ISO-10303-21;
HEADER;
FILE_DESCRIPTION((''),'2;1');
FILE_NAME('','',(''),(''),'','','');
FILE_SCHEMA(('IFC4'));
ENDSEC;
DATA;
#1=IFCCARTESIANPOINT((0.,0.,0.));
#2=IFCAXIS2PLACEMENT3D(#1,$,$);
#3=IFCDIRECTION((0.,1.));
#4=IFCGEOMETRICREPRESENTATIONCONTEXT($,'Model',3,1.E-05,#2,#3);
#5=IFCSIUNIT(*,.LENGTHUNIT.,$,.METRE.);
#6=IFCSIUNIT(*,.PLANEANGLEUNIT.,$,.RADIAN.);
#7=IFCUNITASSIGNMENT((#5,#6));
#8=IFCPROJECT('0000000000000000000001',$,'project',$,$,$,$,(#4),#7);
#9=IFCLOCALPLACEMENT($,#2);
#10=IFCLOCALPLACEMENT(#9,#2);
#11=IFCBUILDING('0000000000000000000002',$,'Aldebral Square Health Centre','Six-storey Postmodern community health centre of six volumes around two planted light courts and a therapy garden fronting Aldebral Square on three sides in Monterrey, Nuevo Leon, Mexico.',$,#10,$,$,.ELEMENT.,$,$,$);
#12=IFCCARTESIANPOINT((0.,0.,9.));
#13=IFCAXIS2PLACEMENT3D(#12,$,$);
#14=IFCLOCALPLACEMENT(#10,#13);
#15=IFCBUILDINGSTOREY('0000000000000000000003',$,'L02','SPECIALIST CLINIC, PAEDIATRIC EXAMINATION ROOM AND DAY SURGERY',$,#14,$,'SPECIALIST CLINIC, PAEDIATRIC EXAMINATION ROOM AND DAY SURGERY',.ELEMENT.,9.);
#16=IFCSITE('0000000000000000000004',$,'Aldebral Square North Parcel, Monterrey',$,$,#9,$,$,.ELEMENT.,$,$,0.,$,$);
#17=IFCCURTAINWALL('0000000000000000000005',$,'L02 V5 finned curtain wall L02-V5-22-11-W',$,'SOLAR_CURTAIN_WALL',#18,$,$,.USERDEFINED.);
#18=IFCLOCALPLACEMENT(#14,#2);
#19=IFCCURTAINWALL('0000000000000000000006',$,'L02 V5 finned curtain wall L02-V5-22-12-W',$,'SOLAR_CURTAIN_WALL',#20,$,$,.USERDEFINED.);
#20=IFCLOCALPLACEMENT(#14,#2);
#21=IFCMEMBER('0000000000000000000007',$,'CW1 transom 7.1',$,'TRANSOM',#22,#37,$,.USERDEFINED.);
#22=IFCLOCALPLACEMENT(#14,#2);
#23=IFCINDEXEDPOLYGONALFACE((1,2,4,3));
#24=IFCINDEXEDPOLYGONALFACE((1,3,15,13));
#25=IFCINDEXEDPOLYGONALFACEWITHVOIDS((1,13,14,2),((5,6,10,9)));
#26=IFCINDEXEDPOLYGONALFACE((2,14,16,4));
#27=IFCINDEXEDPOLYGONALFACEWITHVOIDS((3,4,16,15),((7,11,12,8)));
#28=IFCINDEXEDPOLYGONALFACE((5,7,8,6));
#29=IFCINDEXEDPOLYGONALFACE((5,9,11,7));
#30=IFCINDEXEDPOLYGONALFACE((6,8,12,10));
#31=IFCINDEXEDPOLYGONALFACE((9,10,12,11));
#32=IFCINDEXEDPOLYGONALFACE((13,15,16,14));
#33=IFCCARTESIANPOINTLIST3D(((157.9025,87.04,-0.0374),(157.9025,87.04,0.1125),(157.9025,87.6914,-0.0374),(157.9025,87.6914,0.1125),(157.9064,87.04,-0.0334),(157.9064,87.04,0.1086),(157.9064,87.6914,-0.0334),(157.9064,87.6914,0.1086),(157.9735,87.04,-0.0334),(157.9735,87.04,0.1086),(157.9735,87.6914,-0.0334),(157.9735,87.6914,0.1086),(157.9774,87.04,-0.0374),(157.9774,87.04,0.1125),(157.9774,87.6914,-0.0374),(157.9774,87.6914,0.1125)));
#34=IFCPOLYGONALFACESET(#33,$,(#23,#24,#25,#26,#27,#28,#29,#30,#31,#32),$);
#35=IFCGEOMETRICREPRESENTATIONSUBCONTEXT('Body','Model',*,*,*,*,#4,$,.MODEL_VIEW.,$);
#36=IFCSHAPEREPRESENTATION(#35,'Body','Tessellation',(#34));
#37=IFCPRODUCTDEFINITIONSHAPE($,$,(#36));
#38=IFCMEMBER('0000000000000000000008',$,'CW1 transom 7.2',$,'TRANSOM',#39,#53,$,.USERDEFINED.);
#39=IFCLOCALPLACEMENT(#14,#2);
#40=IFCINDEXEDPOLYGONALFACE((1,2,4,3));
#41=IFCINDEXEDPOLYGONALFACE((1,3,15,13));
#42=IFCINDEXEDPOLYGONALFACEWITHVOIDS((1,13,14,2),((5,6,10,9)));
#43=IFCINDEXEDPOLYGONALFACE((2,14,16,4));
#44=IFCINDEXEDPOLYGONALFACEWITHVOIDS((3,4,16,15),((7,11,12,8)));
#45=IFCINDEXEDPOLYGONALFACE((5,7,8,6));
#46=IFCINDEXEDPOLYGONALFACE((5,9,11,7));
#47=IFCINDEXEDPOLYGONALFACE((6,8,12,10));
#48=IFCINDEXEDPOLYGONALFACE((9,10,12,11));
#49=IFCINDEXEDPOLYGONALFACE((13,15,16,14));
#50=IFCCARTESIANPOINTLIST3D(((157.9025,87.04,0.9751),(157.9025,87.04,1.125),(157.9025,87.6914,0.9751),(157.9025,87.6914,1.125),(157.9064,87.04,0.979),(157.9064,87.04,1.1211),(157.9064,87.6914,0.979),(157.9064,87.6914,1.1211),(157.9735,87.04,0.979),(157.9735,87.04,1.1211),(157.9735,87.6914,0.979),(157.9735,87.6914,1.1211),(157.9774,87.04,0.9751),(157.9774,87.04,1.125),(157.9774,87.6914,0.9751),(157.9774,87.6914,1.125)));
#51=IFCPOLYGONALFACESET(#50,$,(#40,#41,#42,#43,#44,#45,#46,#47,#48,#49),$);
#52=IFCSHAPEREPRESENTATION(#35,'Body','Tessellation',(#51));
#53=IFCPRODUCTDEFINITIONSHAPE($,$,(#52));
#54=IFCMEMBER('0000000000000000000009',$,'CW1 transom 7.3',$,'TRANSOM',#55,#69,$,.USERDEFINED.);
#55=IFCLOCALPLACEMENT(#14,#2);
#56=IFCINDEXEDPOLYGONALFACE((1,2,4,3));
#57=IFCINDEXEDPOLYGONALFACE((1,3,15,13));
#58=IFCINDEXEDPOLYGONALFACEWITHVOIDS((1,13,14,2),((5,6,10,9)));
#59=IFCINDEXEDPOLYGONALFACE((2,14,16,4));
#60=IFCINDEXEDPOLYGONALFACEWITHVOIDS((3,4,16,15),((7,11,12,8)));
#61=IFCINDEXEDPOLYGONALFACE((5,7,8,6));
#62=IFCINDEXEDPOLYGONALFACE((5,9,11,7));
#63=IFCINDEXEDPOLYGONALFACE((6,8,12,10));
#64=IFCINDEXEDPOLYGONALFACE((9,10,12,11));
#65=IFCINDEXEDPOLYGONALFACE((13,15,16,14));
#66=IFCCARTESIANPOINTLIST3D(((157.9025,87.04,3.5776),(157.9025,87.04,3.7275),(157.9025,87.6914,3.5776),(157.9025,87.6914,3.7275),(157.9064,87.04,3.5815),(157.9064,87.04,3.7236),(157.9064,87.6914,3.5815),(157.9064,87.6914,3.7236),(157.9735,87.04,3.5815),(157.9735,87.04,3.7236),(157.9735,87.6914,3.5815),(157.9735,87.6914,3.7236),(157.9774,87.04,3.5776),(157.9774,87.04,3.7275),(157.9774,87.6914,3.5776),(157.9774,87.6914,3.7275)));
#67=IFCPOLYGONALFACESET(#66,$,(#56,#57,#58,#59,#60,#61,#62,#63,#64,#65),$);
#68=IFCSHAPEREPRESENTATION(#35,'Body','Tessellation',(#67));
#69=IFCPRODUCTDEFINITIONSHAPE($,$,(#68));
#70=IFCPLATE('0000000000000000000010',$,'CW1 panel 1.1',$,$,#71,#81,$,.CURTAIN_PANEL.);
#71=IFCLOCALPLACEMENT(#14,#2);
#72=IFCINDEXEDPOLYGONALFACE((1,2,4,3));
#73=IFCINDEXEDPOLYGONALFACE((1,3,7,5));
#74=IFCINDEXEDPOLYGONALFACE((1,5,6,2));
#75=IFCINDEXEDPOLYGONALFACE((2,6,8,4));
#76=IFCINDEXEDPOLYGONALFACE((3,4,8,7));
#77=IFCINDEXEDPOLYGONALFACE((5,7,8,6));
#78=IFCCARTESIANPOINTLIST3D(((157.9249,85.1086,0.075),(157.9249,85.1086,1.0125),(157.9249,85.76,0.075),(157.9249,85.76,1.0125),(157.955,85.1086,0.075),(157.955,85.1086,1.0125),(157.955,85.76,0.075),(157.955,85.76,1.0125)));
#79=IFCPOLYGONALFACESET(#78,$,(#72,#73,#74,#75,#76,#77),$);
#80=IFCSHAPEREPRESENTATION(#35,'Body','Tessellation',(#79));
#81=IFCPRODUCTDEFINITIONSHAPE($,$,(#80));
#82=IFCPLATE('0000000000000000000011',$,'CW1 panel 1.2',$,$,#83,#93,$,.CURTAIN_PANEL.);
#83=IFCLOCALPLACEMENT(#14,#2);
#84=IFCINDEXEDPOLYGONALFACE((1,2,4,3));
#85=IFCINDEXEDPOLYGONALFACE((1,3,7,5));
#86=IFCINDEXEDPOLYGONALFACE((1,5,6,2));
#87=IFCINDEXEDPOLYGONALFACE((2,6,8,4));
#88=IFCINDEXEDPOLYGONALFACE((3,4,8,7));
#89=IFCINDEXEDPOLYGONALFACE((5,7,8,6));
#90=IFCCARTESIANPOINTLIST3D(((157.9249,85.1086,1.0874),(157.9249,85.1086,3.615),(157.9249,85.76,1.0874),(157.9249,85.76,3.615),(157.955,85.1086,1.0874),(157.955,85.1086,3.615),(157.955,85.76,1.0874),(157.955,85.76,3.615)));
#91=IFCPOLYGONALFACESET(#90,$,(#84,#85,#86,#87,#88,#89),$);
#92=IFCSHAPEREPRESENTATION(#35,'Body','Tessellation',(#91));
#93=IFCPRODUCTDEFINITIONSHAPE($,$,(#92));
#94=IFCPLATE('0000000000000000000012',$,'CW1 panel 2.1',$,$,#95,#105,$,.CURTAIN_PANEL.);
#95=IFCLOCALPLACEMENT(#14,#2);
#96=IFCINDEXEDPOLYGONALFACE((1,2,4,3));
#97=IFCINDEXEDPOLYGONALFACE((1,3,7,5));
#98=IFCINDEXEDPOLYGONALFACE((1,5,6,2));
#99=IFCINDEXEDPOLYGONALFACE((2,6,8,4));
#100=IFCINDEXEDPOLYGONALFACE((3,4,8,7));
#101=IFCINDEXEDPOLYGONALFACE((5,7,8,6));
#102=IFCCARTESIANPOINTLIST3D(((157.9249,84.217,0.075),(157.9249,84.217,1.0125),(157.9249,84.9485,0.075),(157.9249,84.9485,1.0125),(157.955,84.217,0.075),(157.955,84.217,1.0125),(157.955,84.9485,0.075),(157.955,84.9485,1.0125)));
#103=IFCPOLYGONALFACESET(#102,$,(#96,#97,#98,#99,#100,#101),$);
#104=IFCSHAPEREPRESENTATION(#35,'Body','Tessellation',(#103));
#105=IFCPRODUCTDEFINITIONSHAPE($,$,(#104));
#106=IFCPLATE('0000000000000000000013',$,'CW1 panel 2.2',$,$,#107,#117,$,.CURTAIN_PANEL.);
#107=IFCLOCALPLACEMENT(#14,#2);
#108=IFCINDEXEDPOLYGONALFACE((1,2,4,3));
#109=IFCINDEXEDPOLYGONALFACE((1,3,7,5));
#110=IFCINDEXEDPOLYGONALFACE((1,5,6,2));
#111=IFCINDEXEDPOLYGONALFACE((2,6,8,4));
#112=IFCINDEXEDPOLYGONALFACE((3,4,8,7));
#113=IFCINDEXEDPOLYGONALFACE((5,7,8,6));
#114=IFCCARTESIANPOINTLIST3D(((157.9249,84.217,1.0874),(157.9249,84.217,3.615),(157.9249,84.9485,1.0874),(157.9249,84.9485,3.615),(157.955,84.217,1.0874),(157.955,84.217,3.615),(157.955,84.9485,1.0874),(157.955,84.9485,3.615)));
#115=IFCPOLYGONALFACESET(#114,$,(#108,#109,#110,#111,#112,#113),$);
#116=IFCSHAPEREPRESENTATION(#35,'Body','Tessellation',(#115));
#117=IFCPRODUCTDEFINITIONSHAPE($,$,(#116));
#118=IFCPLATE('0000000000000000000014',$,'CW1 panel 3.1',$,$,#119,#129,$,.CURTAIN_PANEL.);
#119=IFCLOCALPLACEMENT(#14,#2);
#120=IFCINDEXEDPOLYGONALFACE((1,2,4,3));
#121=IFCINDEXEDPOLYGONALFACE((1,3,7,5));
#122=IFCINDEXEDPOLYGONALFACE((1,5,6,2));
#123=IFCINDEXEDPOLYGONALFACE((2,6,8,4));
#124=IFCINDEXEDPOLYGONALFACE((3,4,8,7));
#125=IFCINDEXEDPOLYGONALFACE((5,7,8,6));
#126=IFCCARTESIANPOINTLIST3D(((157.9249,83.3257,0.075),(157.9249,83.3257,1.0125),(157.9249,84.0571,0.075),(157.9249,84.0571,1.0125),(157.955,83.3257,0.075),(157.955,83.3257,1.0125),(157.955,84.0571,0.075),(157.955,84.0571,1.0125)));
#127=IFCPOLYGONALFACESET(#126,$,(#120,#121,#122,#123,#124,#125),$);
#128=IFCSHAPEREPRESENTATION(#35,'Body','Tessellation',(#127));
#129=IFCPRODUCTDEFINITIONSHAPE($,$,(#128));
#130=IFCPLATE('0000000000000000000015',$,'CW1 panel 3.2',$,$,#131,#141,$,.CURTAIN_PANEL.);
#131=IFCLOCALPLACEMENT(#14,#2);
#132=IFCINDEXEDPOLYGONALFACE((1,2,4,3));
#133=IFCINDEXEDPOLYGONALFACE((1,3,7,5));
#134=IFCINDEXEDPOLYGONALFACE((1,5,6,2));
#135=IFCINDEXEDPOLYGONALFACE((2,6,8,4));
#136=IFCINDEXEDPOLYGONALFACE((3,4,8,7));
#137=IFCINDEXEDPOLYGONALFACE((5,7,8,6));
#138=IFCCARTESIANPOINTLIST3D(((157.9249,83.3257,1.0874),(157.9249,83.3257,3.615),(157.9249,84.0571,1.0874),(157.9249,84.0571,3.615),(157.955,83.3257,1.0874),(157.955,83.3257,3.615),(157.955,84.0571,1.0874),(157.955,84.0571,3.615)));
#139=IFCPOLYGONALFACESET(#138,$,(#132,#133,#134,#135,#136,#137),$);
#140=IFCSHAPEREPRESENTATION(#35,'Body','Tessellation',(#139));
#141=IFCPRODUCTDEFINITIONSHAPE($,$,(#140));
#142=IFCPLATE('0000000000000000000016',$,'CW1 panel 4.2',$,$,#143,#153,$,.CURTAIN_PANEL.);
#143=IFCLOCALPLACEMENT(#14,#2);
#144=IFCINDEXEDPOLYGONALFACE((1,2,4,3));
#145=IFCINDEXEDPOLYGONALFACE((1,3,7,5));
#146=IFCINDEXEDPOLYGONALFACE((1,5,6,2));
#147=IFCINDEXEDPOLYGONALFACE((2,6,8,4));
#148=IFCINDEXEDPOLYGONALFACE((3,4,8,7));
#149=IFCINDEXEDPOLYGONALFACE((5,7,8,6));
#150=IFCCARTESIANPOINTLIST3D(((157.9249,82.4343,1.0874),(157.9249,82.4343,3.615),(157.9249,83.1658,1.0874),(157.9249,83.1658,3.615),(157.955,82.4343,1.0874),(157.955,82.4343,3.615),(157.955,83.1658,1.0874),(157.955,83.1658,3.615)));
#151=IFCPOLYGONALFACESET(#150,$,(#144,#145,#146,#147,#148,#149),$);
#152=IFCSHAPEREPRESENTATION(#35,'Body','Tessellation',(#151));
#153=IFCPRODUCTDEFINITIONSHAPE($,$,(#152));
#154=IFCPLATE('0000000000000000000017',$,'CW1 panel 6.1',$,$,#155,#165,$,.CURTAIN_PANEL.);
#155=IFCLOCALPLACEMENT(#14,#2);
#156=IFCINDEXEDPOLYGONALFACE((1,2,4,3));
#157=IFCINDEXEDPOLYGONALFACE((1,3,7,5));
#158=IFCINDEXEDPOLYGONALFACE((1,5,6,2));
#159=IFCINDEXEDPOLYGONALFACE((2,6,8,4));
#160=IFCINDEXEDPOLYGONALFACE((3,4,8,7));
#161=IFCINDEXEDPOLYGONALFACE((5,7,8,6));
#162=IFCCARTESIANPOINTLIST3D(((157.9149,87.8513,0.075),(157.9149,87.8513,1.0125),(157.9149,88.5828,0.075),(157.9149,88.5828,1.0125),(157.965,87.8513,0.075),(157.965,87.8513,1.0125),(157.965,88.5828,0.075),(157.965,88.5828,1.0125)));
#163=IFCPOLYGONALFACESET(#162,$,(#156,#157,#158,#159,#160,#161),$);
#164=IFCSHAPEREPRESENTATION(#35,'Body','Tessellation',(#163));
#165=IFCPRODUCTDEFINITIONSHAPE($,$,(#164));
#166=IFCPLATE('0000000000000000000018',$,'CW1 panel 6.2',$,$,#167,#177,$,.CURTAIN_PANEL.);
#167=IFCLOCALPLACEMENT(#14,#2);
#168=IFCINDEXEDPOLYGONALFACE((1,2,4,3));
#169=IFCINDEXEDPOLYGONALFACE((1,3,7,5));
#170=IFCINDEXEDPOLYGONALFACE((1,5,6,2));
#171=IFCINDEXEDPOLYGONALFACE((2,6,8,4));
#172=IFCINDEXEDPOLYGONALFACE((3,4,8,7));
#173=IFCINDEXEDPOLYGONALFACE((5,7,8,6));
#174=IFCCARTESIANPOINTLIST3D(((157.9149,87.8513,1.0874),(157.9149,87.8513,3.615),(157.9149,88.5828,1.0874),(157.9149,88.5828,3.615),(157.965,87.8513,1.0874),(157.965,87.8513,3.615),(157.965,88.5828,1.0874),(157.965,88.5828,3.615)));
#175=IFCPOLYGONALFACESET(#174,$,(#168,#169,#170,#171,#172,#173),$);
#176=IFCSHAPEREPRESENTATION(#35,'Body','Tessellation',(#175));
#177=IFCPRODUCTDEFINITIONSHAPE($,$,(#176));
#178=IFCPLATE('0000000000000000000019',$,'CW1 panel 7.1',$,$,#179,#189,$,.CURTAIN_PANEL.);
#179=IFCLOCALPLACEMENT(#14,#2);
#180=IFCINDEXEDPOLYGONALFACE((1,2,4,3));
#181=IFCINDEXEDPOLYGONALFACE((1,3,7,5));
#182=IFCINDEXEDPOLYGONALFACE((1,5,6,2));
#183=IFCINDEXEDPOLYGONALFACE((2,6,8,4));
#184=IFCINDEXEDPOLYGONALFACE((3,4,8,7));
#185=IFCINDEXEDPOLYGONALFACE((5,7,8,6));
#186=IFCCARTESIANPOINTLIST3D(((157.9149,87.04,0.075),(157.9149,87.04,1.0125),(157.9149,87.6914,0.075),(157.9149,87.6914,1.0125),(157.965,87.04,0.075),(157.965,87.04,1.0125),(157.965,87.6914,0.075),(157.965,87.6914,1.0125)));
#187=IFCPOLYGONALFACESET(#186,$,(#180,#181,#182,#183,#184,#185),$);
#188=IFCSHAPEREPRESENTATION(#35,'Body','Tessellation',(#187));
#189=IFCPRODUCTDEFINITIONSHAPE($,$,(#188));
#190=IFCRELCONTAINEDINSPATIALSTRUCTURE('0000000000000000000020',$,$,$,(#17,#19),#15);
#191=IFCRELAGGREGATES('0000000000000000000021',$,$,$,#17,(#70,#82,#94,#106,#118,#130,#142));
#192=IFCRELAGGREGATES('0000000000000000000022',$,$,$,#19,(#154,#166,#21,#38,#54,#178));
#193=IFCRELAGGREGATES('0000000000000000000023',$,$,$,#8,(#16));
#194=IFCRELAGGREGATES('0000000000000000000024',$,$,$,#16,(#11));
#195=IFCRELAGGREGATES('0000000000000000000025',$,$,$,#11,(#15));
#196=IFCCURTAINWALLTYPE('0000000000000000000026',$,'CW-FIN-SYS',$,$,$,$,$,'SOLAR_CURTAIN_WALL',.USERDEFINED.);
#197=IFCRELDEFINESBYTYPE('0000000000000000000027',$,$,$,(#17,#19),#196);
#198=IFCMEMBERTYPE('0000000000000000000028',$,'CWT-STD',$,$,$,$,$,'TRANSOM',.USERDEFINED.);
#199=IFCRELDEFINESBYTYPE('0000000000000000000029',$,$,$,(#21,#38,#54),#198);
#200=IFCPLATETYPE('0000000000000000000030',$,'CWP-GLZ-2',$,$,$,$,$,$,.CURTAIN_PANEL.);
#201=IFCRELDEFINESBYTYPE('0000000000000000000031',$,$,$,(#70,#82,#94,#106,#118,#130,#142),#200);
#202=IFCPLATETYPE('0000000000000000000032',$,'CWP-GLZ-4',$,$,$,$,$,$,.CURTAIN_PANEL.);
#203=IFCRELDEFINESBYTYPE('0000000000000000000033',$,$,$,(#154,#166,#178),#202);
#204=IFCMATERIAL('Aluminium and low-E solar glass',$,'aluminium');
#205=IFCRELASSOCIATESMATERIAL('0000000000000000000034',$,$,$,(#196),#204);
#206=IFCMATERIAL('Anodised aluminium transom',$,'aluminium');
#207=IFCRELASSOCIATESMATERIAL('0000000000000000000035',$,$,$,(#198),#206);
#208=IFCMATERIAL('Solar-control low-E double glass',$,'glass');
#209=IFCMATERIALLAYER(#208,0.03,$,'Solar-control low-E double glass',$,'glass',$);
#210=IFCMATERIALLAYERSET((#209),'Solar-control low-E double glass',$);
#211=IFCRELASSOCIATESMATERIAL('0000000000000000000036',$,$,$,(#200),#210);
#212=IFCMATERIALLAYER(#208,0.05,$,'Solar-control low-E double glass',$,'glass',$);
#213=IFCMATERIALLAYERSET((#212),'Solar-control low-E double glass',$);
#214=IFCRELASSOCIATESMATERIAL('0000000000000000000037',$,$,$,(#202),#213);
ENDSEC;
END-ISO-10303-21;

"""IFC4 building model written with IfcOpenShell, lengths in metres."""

from ifc_helpers import new_model, si_unit, direction, frame, origin, origin_2d, place, context, subcontext, project, spatial, rectangle, hollow_rectangle, extrude, material, layer, layer_set, material_profile, profile_set, type_object, element, aggregate, save


model = new_model("IFC4")

# Units and contexts
model_context = context("Model", 3, precision=1e-05, world=origin(), true_north=direction((0.0, 1.0)))
body_context = subcontext(model_context, "Body", "Model", "MODEL_VIEW")
ifc_project = project(units=[si_unit("LENGTHUNIT", "METRE"), si_unit("PLANEANGLEUNIT", "RADIAN")], contexts=[model_context])

# Site, building, storey
site_placement = place(None, origin())
site = spatial("IfcSite", under=ifc_project, at=site_placement, Name="Aldebral Square North Parcel, Monterrey", CompositionType="ELEMENT", RefElevation=0.0)
building_placement = place(site_placement, origin())
building = spatial("IfcBuilding", under=site, at=building_placement, Name="Aldebral Square Health Centre", Description="Six-storey Postmodern community health centre of six volumes around two planted light courts and a therapy garden fronting Aldebral Square on three sides in Monterrey, Nuevo Leon, Mexico.", CompositionType="ELEMENT")
storey_placement = place(building_placement, frame((0.0, 0.0, 9.0)))
storey = spatial("IfcBuildingStorey", under=building, at=storey_placement, Name="L02", Description="SPECIALIST CLINIC, PAEDIATRIC EXAMINATION ROOM AND DAY SURGERY", LongName="SPECIALIST CLINIC, PAEDIATRIC EXAMINATION ROOM AND DAY SURGERY", CompositionType="ELEMENT", Elevation=9.0)

# Curtain walls
ifc_material_1 = material(Name="Aluminium and low-E solar glass", Category="aluminium")
curtain_wall_type = type_object("IfcCurtainWallType", Name="CW-FIN-SYS", ElementType="SOLAR_CURTAIN_WALL", PredefinedType="USERDEFINED", material=ifc_material_1)
curtain_wall_1_placement = place(storey_placement, origin())
curtain_wall_1 = element("IfcCurtainWall", 1, at=curtain_wall_1_placement, inside=storey, type_object=curtain_wall_type, Name="L02 V5 finned curtain wall L02-V5-22-11-W", ObjectType="SOLAR_CURTAIN_WALL", PredefinedType="USERDEFINED")
curtain_wall_2_placement = place(storey_placement, origin())
curtain_wall_2 = element("IfcCurtainWall", 2, at=curtain_wall_2_placement, inside=storey, type_object=curtain_wall_type, Name="L02 V5 finned curtain wall L02-V5-22-12-W", ObjectType="SOLAR_CURTAIN_WALL", PredefinedType="USERDEFINED")

# Members
ifc_material_2 = material(Name="Anodised aluminium transom", Category="aluminium")
ifc_material_profile_1 = material_profile(ifc_material_2, hollow_rectangle(XDim=0.075, YDim=0.1499, WallThickness=0.0039, at=origin_2d()), Name="CWT 75x150x4")
ifc_profile_set_1 = profile_set([ifc_material_profile_1], Name="Anodised aluminium transom")
member_type_1 = type_object("IfcMemberType", Name="CWT-STD", ElementType="TRANSOM", PredefinedType="USERDEFINED", material=ifc_profile_set_1)
member_1_placement = place(storey_placement, frame((157.9399, 87.6914, 0.0376), z_axis=(0.0, -1.0, 0.0), x_axis=(1.0, 0.0, 0.0)))
member_1 = element("IfcMember", 3, at=member_1_placement, type_object=member_type_1, Name="CW1 transom 7.1", ObjectType="TRANSOM", PredefinedType="USERDEFINED", context=body_context, shape_type="SweptSolid", body=[
    extrude(hollow_rectangle(XDim=0.075, YDim=0.1499, WallThickness=0.0039, at=origin_2d()), origin(), (0.0, 0.0, 1.0), 0.6514),
])
member_2_placement = place(storey_placement, frame((157.9399, 87.6914, 1.05), z_axis=(0.0, -1.0, 0.0), x_axis=(1.0, 0.0, 0.0)))
member_2 = element("IfcMember", 4, at=member_2_placement, type_object=member_type_1, Name="CW1 transom 7.2", ObjectType="TRANSOM", PredefinedType="USERDEFINED", context=body_context, shape_type="SweptSolid", body=[
    extrude(hollow_rectangle(XDim=0.075, YDim=0.1499, WallThickness=0.0039, at=origin_2d()), origin(), (0.0, 0.0, 1.0), 0.6514),
])
member_3_placement = place(storey_placement, frame((157.9399, 87.6914, 3.6526), z_axis=(0.0, -1.0, 0.0), x_axis=(1.0, 0.0, 0.0)))
member_3 = element("IfcMember", 5, at=member_3_placement, type_object=member_type_1, Name="CW1 transom 7.3", ObjectType="TRANSOM", PredefinedType="USERDEFINED", context=body_context, shape_type="SweptSolid", body=[
    extrude(hollow_rectangle(XDim=0.075, YDim=0.1499, WallThickness=0.0039, at=origin_2d()), origin(), (0.0, 0.0, 1.0), 0.6514),
])

# Plates
ifc_material_3 = material(Name="Solar-control low-E double glass", Category="glass")
ifc_layer_1 = layer(ifc_material_3, 0.03, Name="Solar-control low-E double glass", Category="glass")
ifc_layer_set_1 = layer_set([ifc_layer_1], Name="Solar-control low-E double glass")
plate_type_1 = type_object("IfcPlateType", Name="CWP-GLZ-2", PredefinedType="CURTAIN_PANEL", material=ifc_layer_set_1)
plate_1_placement = place(storey_placement, frame((157.9399, 85.4343, 0.075), z_axis=(0.0, 0.0, 1.0), x_axis=(0.0, -1.0, 0.0)))
plate_1 = element("IfcPlate", 6, at=plate_1_placement, type_object=plate_type_1, Name="CW1 panel 1.1", PredefinedType="CURTAIN_PANEL", context=body_context, shape_type="SweptSolid", body=[
    extrude(rectangle(XDim=0.6514, YDim=0.03, at=origin_2d()), origin(), (0.0, 0.0, 1.0), 0.9375),
])
plate_2_placement = place(storey_placement, frame((157.9399, 85.4343, 1.0874), z_axis=(0.0, 0.0, 1.0), x_axis=(0.0, -1.0, 0.0)))
plate_2 = element("IfcPlate", 7, at=plate_2_placement, type_object=plate_type_1, Name="CW1 panel 1.2", PredefinedType="CURTAIN_PANEL", context=body_context, shape_type="SweptSolid", body=[
    extrude(rectangle(XDim=0.6514, YDim=0.03, at=origin_2d()), origin(), (0.0, 0.0, 1.0), 2.5276),
])
plate_3_placement = place(storey_placement, frame((157.9399, 84.5828, 0.075), z_axis=(0.0, 0.0, 1.0), x_axis=(0.0, -1.0, 0.0)))
plate_3 = element("IfcPlate", 8, at=plate_3_placement, type_object=plate_type_1, Name="CW1 panel 2.1", PredefinedType="CURTAIN_PANEL", context=body_context, shape_type="SweptSolid", body=[
    extrude(rectangle(XDim=0.7314, YDim=0.03, at=origin_2d()), origin(), (0.0, 0.0, 1.0), 0.9375),
])
plate_4_placement = place(storey_placement, frame((157.9399, 84.5828, 1.0874), z_axis=(0.0, 0.0, 1.0), x_axis=(0.0, -1.0, 0.0)))
plate_4 = element("IfcPlate", 9, at=plate_4_placement, type_object=plate_type_1, Name="CW1 panel 2.2", PredefinedType="CURTAIN_PANEL", context=body_context, shape_type="SweptSolid", body=[
    extrude(rectangle(XDim=0.7314, YDim=0.03, at=origin_2d()), origin(), (0.0, 0.0, 1.0), 2.5276),
])
plate_5_placement = place(storey_placement, frame((157.9399, 83.6914, 0.075), z_axis=(0.0, 0.0, 1.0), x_axis=(0.0, -1.0, 0.0)))
plate_5 = element("IfcPlate", 10, at=plate_5_placement, type_object=plate_type_1, Name="CW1 panel 3.1", PredefinedType="CURTAIN_PANEL", context=body_context, shape_type="SweptSolid", body=[
    extrude(rectangle(XDim=0.7314, YDim=0.03, at=origin_2d()), origin(), (0.0, 0.0, 1.0), 0.9375),
])
plate_6_placement = place(storey_placement, frame((157.9399, 83.6914, 1.0874), z_axis=(0.0, 0.0, 1.0), x_axis=(0.0, -1.0, 0.0)))
plate_6 = element("IfcPlate", 11, at=plate_6_placement, type_object=plate_type_1, Name="CW1 panel 3.2", PredefinedType="CURTAIN_PANEL", context=body_context, shape_type="SweptSolid", body=[
    extrude(rectangle(XDim=0.7314, YDim=0.03, at=origin_2d()), origin(), (0.0, 0.0, 1.0), 2.5276),
])
plate_7_placement = place(storey_placement, frame((157.9399, 82.8, 1.0874), z_axis=(0.0, 0.0, 1.0), x_axis=(0.0, -1.0, 0.0)))
plate_7 = element("IfcPlate", 12, at=plate_7_placement, type_object=plate_type_1, Name="CW1 panel 4.2", PredefinedType="CURTAIN_PANEL", context=body_context, shape_type="SweptSolid", body=[
    extrude(rectangle(XDim=0.7314, YDim=0.03, at=origin_2d()), origin(), (0.0, 0.0, 1.0), 2.5276),
])
aggregate(curtain_wall_1, [plate_1, plate_2, plate_3, plate_4, plate_5, plate_6, plate_7])
ifc_layer_2 = layer(ifc_material_3, 0.05, Name="Solar-control low-E double glass", Category="glass")
ifc_layer_set_2 = layer_set([ifc_layer_2], Name="Solar-control low-E double glass")
plate_type_2 = type_object("IfcPlateType", Name="CWP-GLZ-4", PredefinedType="CURTAIN_PANEL", material=ifc_layer_set_2)
plate_8_placement = place(storey_placement, frame((157.9399, 88.217, 0.075), z_axis=(0.0, 0.0, 1.0), x_axis=(0.0, -1.0, 0.0)))
plate_8 = element("IfcPlate", 13, at=plate_8_placement, type_object=plate_type_2, Name="CW1 panel 6.1", PredefinedType="CURTAIN_PANEL", context=body_context, shape_type="SweptSolid", body=[
    extrude(rectangle(XDim=0.7314, YDim=0.05, at=origin_2d()), origin(), (0.0, 0.0, 1.0), 0.9375),
])
plate_9_placement = place(storey_placement, frame((157.9399, 88.217, 1.0874), z_axis=(0.0, 0.0, 1.0), x_axis=(0.0, -1.0, 0.0)))
plate_9 = element("IfcPlate", 14, at=plate_9_placement, type_object=plate_type_2, Name="CW1 panel 6.2", PredefinedType="CURTAIN_PANEL", context=body_context, shape_type="SweptSolid", body=[
    extrude(rectangle(XDim=0.7314, YDim=0.05, at=origin_2d()), origin(), (0.0, 0.0, 1.0), 2.5276),
])
plate_10_placement = place(storey_placement, frame((157.9399, 87.3657, 0.075), z_axis=(0.0, 0.0, 1.0), x_axis=(0.0, -1.0, 0.0)))
plate_10 = element("IfcPlate", 15, at=plate_10_placement, type_object=plate_type_2, Name="CW1 panel 7.1", PredefinedType="CURTAIN_PANEL", context=body_context, shape_type="SweptSolid", body=[
    extrude(rectangle(XDim=0.6514, YDim=0.05, at=origin_2d()), origin(), (0.0, 0.0, 1.0), 0.9375),
])
aggregate(curtain_wall_2, [plate_8, plate_9, member_1, member_2, member_3, plate_10])

save(model, "model.ifc")
